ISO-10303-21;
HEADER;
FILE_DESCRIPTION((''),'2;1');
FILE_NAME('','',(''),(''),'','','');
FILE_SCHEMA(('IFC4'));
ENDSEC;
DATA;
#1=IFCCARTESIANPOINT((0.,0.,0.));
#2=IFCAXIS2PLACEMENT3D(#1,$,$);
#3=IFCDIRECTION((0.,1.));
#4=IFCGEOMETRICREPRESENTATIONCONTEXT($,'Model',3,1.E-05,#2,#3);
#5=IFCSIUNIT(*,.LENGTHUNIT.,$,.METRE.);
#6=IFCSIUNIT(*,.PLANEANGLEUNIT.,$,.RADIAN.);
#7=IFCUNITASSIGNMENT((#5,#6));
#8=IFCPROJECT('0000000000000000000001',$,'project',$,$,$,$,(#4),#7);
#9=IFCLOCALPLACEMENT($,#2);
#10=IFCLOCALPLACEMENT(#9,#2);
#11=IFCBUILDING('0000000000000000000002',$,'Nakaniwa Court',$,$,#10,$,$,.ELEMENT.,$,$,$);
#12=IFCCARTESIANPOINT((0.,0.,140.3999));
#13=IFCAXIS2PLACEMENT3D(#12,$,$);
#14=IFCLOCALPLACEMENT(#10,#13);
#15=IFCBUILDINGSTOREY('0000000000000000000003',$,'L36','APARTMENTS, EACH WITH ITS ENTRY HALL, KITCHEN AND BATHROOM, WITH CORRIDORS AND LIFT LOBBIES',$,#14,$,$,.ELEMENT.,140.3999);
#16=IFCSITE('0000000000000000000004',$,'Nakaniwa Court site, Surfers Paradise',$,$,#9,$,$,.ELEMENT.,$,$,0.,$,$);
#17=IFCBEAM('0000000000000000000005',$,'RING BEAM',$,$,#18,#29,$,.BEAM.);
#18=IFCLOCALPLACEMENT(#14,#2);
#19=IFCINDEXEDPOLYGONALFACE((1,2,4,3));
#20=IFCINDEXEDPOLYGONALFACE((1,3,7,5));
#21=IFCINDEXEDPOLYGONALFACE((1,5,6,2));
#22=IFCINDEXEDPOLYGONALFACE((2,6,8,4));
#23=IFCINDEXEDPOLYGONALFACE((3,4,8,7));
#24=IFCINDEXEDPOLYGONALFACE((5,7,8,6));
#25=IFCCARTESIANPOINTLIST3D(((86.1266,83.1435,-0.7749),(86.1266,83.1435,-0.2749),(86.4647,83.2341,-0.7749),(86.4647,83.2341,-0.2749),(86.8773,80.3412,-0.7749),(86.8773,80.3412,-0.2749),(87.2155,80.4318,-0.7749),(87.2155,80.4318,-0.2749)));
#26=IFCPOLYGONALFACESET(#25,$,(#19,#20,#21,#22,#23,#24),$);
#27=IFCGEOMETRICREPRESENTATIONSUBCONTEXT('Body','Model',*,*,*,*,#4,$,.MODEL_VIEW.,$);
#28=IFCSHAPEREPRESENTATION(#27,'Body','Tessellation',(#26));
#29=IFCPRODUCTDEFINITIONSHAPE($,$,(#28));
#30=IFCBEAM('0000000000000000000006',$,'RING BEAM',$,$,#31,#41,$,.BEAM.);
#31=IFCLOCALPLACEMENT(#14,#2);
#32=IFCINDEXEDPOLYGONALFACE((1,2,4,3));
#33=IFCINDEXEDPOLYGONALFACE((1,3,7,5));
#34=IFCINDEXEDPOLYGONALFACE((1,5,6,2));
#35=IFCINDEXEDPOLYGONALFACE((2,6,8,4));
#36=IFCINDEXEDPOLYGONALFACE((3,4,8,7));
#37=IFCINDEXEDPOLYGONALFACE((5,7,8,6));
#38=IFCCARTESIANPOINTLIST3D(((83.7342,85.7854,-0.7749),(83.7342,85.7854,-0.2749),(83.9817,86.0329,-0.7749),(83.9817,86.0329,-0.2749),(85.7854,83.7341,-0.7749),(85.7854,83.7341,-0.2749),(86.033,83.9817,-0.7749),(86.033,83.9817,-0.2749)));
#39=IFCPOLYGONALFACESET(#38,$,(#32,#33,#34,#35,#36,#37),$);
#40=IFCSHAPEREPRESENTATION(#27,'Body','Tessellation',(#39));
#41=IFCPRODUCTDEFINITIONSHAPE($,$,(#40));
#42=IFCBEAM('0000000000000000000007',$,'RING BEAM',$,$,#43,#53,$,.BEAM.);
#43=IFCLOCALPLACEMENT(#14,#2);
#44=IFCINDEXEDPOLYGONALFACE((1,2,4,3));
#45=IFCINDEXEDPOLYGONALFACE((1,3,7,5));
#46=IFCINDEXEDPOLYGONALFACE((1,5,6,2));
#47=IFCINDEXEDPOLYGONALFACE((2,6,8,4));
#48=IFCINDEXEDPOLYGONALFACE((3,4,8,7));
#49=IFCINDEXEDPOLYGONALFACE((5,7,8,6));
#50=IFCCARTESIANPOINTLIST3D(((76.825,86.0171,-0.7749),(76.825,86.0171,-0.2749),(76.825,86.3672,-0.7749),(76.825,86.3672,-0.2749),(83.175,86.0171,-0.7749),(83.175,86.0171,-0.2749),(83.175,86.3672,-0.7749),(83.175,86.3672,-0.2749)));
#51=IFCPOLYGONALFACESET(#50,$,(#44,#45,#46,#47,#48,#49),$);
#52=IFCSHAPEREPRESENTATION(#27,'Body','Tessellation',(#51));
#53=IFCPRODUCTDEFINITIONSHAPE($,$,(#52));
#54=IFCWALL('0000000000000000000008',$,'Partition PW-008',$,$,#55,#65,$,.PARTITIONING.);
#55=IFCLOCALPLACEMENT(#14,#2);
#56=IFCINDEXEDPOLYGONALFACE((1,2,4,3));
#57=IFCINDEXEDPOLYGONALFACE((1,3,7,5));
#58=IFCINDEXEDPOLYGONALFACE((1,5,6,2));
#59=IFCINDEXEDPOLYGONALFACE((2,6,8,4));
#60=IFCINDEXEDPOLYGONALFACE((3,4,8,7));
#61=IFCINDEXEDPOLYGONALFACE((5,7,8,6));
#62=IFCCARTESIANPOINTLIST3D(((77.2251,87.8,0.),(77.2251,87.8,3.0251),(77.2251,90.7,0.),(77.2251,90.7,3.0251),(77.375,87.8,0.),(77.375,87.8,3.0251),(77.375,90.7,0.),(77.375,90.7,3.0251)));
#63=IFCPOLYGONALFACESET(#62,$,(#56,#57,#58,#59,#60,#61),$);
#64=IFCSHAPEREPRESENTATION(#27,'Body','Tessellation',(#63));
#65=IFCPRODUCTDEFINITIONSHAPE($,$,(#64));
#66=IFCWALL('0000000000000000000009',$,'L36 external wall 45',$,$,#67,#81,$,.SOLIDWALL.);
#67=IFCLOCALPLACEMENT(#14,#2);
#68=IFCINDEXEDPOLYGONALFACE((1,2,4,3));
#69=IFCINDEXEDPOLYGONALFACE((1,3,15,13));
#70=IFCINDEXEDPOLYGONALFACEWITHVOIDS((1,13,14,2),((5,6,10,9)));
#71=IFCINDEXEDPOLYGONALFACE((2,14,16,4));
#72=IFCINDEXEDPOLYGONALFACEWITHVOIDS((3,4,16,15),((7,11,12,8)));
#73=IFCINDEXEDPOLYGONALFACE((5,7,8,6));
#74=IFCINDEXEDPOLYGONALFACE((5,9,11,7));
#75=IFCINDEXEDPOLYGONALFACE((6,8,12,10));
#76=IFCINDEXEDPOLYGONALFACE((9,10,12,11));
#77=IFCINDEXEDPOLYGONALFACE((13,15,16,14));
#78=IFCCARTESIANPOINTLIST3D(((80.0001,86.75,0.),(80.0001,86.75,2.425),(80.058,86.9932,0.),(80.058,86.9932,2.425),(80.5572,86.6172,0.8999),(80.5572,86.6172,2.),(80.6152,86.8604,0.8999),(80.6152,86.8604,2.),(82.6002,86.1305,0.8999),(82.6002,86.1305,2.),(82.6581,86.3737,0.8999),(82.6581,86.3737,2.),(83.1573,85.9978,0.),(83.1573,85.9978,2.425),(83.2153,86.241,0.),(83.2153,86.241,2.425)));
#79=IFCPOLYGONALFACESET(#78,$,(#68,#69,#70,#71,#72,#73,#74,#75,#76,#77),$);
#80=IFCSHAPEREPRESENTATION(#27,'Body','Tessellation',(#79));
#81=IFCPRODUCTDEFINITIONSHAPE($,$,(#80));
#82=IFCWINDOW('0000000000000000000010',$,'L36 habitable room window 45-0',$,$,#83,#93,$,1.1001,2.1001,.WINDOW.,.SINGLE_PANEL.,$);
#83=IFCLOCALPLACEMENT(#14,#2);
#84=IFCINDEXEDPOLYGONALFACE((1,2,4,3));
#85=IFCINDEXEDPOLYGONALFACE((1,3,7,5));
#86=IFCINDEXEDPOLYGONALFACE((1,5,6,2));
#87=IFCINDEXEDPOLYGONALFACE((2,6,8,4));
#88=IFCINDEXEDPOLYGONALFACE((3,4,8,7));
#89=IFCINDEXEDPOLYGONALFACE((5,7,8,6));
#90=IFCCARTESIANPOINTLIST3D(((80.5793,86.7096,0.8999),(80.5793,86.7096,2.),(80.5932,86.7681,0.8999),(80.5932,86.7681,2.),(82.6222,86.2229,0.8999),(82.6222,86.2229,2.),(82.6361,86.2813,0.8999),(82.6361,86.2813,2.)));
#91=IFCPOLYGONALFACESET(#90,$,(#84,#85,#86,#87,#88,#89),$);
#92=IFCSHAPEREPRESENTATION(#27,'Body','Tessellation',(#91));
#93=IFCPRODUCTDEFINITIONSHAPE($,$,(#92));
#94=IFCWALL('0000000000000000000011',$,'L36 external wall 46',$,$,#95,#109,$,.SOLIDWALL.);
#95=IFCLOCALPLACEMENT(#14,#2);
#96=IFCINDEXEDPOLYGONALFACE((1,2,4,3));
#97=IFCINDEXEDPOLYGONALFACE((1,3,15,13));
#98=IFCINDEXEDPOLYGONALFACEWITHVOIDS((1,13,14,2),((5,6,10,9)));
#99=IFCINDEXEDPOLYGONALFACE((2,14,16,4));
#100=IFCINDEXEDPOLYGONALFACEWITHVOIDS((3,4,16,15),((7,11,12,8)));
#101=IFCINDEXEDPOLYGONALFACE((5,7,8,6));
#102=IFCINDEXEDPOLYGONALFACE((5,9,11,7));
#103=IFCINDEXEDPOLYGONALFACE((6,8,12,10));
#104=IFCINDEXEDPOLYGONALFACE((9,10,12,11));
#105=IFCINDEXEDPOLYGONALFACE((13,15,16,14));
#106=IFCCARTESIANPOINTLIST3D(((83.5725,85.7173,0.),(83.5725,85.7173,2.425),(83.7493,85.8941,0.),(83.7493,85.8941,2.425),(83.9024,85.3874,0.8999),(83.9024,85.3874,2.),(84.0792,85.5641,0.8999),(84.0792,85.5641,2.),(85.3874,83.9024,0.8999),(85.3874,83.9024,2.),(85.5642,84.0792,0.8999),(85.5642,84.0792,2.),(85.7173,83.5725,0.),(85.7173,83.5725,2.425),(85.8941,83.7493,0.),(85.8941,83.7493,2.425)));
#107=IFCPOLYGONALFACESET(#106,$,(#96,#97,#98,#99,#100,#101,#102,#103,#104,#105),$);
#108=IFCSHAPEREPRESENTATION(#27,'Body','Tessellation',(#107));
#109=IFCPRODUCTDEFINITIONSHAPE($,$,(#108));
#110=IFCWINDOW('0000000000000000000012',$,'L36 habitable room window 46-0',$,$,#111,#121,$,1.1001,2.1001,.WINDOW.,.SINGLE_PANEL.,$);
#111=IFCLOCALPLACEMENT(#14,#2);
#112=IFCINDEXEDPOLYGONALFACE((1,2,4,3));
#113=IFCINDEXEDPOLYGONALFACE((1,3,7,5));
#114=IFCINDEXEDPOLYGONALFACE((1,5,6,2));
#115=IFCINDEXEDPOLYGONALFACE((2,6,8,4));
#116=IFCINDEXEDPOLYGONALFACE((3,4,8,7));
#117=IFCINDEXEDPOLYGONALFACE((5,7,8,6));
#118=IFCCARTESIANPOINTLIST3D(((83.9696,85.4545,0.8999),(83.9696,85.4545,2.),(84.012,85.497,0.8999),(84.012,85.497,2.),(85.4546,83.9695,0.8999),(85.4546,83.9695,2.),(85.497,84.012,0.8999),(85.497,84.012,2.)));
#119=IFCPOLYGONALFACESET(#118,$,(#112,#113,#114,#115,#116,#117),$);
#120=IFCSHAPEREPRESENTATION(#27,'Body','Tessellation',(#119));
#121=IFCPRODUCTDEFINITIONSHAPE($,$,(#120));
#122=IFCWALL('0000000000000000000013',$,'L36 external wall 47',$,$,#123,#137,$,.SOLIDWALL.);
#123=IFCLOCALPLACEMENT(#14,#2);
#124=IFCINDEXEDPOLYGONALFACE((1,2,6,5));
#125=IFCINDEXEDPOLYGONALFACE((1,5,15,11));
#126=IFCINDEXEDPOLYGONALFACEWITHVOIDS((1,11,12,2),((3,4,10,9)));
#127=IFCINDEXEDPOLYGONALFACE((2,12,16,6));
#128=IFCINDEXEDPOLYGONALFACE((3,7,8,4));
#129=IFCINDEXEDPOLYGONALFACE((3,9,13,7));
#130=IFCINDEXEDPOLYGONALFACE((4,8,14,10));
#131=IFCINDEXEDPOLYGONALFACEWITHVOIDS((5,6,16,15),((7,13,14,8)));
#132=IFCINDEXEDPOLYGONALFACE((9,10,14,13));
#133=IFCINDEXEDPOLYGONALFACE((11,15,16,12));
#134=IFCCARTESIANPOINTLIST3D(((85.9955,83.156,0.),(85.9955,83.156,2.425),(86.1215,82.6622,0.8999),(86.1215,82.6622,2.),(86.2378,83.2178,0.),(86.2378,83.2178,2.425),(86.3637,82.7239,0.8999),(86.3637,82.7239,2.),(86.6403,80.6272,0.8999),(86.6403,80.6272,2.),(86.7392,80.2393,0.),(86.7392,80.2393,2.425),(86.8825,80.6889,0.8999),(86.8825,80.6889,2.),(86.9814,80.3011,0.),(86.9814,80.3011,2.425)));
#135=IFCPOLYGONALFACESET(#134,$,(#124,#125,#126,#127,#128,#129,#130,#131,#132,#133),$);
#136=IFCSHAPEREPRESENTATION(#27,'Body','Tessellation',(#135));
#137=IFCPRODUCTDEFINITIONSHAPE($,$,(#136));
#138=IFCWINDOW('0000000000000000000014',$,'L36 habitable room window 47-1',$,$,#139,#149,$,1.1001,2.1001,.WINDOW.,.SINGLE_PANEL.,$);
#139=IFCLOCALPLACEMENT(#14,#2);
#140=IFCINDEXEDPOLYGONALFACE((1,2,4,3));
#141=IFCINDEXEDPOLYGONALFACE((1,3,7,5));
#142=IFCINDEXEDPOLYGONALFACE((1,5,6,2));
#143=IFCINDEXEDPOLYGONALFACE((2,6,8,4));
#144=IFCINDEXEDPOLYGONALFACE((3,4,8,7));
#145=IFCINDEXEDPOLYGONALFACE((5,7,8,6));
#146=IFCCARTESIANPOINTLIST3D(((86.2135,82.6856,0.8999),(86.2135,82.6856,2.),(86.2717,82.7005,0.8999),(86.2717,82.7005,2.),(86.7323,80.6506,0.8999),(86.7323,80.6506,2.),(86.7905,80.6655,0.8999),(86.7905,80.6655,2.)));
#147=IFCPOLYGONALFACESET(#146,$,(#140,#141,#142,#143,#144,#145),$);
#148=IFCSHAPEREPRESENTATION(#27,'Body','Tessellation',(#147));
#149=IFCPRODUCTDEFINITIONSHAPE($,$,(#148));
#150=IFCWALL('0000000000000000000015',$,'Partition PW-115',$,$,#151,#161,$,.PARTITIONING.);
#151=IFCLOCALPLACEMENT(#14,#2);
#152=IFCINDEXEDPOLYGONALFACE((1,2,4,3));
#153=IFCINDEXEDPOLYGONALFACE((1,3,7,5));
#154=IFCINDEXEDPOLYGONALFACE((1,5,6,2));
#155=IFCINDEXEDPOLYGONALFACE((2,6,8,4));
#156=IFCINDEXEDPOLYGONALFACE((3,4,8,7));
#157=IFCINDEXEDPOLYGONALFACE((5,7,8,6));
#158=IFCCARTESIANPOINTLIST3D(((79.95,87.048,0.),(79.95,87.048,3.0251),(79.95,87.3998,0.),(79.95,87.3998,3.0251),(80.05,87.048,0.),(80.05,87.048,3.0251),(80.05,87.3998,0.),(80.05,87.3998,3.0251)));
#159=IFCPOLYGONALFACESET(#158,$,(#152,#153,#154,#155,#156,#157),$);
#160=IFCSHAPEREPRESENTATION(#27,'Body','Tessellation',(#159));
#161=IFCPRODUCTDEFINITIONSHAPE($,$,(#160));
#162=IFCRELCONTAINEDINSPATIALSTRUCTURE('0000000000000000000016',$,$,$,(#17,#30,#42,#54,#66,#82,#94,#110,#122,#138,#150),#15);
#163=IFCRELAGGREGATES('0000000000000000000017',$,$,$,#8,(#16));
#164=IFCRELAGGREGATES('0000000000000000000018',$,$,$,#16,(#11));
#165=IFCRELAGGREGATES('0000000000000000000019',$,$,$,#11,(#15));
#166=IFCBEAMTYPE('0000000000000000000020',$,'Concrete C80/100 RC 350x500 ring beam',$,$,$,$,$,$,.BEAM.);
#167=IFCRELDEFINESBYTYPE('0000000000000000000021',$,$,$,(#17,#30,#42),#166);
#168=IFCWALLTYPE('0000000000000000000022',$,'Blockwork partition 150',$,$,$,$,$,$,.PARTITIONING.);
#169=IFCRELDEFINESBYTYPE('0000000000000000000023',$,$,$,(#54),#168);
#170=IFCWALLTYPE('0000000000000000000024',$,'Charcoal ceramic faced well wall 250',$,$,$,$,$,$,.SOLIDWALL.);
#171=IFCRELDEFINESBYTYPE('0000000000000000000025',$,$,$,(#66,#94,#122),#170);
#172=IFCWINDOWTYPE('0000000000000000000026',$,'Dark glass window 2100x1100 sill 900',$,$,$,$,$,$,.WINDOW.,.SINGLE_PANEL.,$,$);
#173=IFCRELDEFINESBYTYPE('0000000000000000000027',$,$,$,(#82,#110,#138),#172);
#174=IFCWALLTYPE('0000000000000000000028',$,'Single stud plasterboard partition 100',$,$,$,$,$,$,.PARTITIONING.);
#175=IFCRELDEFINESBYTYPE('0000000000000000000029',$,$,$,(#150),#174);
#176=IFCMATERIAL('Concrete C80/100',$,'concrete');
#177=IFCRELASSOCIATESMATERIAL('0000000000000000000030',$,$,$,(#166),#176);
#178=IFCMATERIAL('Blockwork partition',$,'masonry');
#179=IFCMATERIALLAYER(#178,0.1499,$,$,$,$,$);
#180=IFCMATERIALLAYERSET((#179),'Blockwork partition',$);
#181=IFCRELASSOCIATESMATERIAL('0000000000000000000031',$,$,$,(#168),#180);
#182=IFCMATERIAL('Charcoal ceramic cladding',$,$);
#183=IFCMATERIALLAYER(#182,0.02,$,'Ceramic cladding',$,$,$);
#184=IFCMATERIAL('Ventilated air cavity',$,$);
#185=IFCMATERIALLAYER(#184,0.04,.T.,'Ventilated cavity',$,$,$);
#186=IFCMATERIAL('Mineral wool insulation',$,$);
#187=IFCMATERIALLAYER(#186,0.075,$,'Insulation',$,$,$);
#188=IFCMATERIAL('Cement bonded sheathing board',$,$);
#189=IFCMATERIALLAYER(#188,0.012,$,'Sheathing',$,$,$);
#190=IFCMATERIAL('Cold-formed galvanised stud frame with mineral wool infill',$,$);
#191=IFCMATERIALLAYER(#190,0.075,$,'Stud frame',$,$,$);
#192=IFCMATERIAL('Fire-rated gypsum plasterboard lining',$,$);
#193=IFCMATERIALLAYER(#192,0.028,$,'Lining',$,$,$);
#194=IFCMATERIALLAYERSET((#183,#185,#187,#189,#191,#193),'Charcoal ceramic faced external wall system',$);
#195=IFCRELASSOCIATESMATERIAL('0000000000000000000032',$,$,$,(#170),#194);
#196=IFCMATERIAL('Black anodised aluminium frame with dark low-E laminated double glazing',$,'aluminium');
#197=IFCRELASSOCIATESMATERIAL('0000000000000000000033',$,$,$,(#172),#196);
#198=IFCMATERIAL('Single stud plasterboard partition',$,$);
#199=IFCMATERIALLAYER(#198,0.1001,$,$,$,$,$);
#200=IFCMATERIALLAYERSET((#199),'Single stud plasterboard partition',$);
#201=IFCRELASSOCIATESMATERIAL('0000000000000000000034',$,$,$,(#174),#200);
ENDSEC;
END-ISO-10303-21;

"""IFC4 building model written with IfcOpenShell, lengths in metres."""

from ifc_helpers import new_model, si_unit, direction, frame, frame_2d, origin, origin_2d, place, context, subcontext, project, spatial, rectangle, extrude, material, layer, layer_set, material_profile, profile_set, type_object, element, fill, save


model = new_model("IFC4")

# Units and contexts
model_context = context("Model", 3, precision=1e-05, world=origin(), true_north=direction((0.0, 1.0)))
body_context = subcontext(model_context, "Body", "Model", "MODEL_VIEW")
ifc_project = project(units=[si_unit("LENGTHUNIT", "METRE"), si_unit("PLANEANGLEUNIT", "RADIAN")], contexts=[model_context])

# Site, building, storey
site_placement = place(None, origin())
site = spatial("IfcSite", under=ifc_project, at=site_placement, Name="Nakaniwa Court site, Surfers Paradise", CompositionType="ELEMENT", RefElevation=0.0)
building_placement = place(site_placement, origin())
building = spatial("IfcBuilding", under=site, at=building_placement, Name="Nakaniwa Court", CompositionType="ELEMENT")
storey_placement = place(building_placement, frame((0.0, 0.0, 140.3999)))
storey = spatial("IfcBuildingStorey", under=building, at=storey_placement, Name="L36", Description="APARTMENTS, EACH WITH ITS ENTRY HALL, KITCHEN AND BATHROOM, WITH CORRIDORS AND LIFT LOBBIES", CompositionType="ELEMENT", Elevation=140.3999)

# Shared definitions
ifc_material_1 = material(Name="Concrete C80/100", Category="concrete")

# Beams
ifc_material_profile_1 = material_profile(ifc_material_1, rectangle(XDim=0.3501, YDim=0.5, at=origin_2d()), Name="Concrete C80/100 RC 350x500 ring beam")
ifc_profile_set_1 = profile_set([ifc_material_profile_1], Name="Concrete C80/100")
beam_type = type_object("IfcBeamType", Name="Concrete C80/100 RC 350x500 ring beam", PredefinedType="BEAM", material=ifc_profile_set_1)
beam_1_placement = place(storey_placement, frame((87.0464, 80.3865, -0.5249), z_axis=(-0.258778, 0.965937, 0.0), x_axis=(-0.965937, -0.258778, 0.0)))
element("IfcBeam", 1, at=beam_1_placement, inside=storey, type_object=beam_type, Name="RING BEAM", PredefinedType="BEAM", context=body_context, shape_type="SweptSolid", body=[
    extrude(rectangle(XDim=0.3501, YDim=0.5, at=origin_2d()), origin(), (0.0, 0.0, 1.0), 2.9011),
])
beam_2_placement = place(storey_placement, frame((85.9092, 83.8579, -0.5249), z_axis=(-0.707107, 0.707107, 0.0), x_axis=(-0.707107, -0.707107, 0.0)))
element("IfcBeam", 2, at=beam_2_placement, inside=storey, type_object=beam_type, Name="RING BEAM", PredefinedType="BEAM", context=body_context, shape_type="SweptSolid", body=[
    extrude(rectangle(XDim=0.3501, YDim=0.5, at=origin_2d()), origin(), (0.0, 0.0, 1.0), 2.9009),
])
beam_3_placement = place(storey_placement, frame((83.175, 86.1921, -0.5249), z_axis=(-1.0, 0.0, 0.0), x_axis=(0.0, -1.0, 0.0)))
element("IfcBeam", 3, at=beam_3_placement, inside=storey, type_object=beam_type, Name="RING BEAM", PredefinedType="BEAM", context=body_context, shape_type="SweptSolid", body=[
    extrude(rectangle(XDim=0.3501, YDim=0.5, at=origin_2d()), origin(), (0.0, 0.0, 1.0), 6.3501),
])

# Wall
ifc_material_2 = material(Name="Blockwork partition", Category="masonry")
ifc_layer_1 = layer(ifc_material_2, 0.1499)
ifc_layer_set_1 = layer_set([ifc_layer_1], Name="Blockwork partition")
wall_type_1 = type_object("IfcWallType", Name="Blockwork partition 150", PredefinedType="PARTITIONING", material=ifc_layer_set_1)
wall_1_placement = place(storey_placement, frame((77.3, 87.8, 0.0), z_axis=(0.0, 0.0, 1.0), x_axis=(0.0, 1.0, 0.0)))
element("IfcWall", 4, at=wall_1_placement, inside=storey, type_object=wall_type_1, Name="Partition PW-008", PredefinedType="PARTITIONING", context=body_context, shape_type="SweptSolid", body=[
    extrude(rectangle(XDim=2.8999, YDim=0.1499, at=frame_2d((1.45, 0.0))), origin(), (0.0, 0.0, 1.0), 3.0251),
])

# Walls, openings, windows
ifc_material_3 = material(Name="Charcoal ceramic cladding")
ifc_layer_2 = layer(ifc_material_3, 0.02, Name="Ceramic cladding")
ifc_material_4 = material(Name="Ventilated air cavity")
ifc_layer_3 = layer(ifc_material_4, 0.04, ventilated=True, Name="Ventilated cavity")
ifc_material_5 = material(Name="Mineral wool insulation")
ifc_layer_4 = layer(ifc_material_5, 0.075, Name="Insulation")
ifc_material_6 = material(Name="Cement bonded sheathing board")
ifc_layer_5 = layer(ifc_material_6, 0.012, Name="Sheathing")
ifc_material_7 = material(Name="Cold-formed galvanised stud frame with mineral wool infill")
ifc_layer_6 = layer(ifc_material_7, 0.075, Name="Stud frame")
ifc_material_8 = material(Name="Fire-rated gypsum plasterboard lining")
ifc_layer_7 = layer(ifc_material_8, 0.028, Name="Lining")
ifc_layer_set_2 = layer_set([ifc_layer_2, ifc_layer_3, ifc_layer_4, ifc_layer_5, ifc_layer_6, ifc_layer_7], Name="Charcoal ceramic faced external wall system")
wall_type_2 = type_object("IfcWallType", Name="Charcoal ceramic faced well wall 250", PredefinedType="SOLIDWALL", material=ifc_layer_set_2)
wall_2_placement = place(storey_placement, frame((80.0291, 86.8716, 0.0), z_axis=(0.0, 0.0, 1.0), x_axis=(0.972773, -0.23176, 0.0)))
wall_2 = element("IfcWall", 5, at=wall_2_placement, inside=storey, type_object=wall_type_2, Name="L36 external wall 45", PredefinedType="SOLIDWALL", context=body_context, shape_type="SweptSolid", body=[
    extrude(rectangle(XDim=3.2456, YDim=0.25, at=frame_2d((1.6228, 0.0))), origin(), (0.0, 0.0, 1.0), 2.425),
])
opening_1_placement = place(wall_2_placement, frame((0.5728, 0.0, 0.8999)))
opening_1 = element("IfcOpeningElement", 6, at=opening_1_placement, cuts=wall_2, PredefinedType="OPENING", context=body_context, shape_type="SweptSolid", body=[
    extrude(rectangle(XDim=2.1001, YDim=1.1001, at=frame_2d((1.05, 0.55))), frame((0.0, 0.135, 0.0), z_axis=(0.0, -1.0, 0.0), x_axis=(1.0, 0.0, 0.0)), (0.0, 0.0, 1.0), 0.27),
])
ifc_material_9 = material(Name="Black anodised aluminium frame with dark low-E laminated double glazing", Category="aluminium")
window_type = type_object("IfcWindowType", Name="Dark glass window 2100x1100 sill 900", PartitioningType="SINGLE_PANEL", PredefinedType="WINDOW", material=ifc_material_9)
window_1_placement = place(opening_1_placement, origin())
window_1 = element("IfcWindow", 7, at=window_1_placement, inside=storey, type_object=window_type, Name="L36 habitable room window 45-0", OverallHeight=1.1001, OverallWidth=2.1001, PartitioningType="SINGLE_PANEL", PredefinedType="WINDOW", context=body_context, shape_type="SweptSolid", body=[
    extrude(rectangle(XDim=2.1001, YDim=1.1001, at=frame_2d((1.05, 0.55))), frame((0.0, 0.03, 0.0), z_axis=(0.0, -1.0, 0.0), x_axis=(1.0, 0.0, 0.0)), (0.0, 0.0, 1.0), 0.0601),
])
fill(opening_1, window_1)
wall_3_placement = place(storey_placement, frame((83.6609, 85.8057, 0.0), z_axis=(0.0, 0.0, 1.0), x_axis=(0.707107, -0.707107, 0.0)))
wall_3 = element("IfcWall", 8, at=wall_3_placement, inside=storey, type_object=wall_type_2, Name="L36 external wall 46", PredefinedType="SOLIDWALL", context=body_context, shape_type="SweptSolid", body=[
    extrude(rectangle(XDim=3.0332, YDim=0.25, at=frame_2d((1.5166, 0.0))), origin(), (0.0, 0.0, 1.0), 2.425),
])
opening_2_placement = place(wall_3_placement, frame((0.4666, 0.0, 0.8999)))
opening_2 = element("IfcOpeningElement", 9, at=opening_2_placement, cuts=wall_3, PredefinedType="OPENING", context=body_context, shape_type="SweptSolid", body=[
    extrude(rectangle(XDim=2.1001, YDim=1.1001, at=frame_2d((1.05, 0.55))), frame((0.0, 0.135, 0.0), z_axis=(0.0, -1.0, 0.0), x_axis=(1.0, 0.0, 0.0)), (0.0, 0.0, 1.0), 0.27),
])
window_2_placement = place(opening_2_placement, origin())
window_2 = element("IfcWindow", 10, at=window_2_placement, inside=storey, type_object=window_type, Name="L36 habitable room window 46-0", OverallHeight=1.1001, OverallWidth=2.1001, PartitioningType="SINGLE_PANEL", PredefinedType="WINDOW", context=body_context, shape_type="SweptSolid", body=[
    extrude(rectangle(XDim=2.1001, YDim=1.1001, at=frame_2d((1.05, 0.55))), frame((0.0, 0.03, 0.0), z_axis=(0.0, -1.0, 0.0), x_axis=(1.0, 0.0, 0.0)), (0.0, 0.0, 1.0), 0.0601),
])
fill(opening_2, window_2)
wall_4_placement = place(storey_placement, frame((86.1167, 83.1868, 0.0), z_axis=(0.0, 0.0, 1.0), x_axis=(0.247056, -0.969001, 0.0)))
wall_4 = element("IfcWall", 11, at=wall_4_placement, inside=storey, type_object=wall_type_2, Name="L36 external wall 47", PredefinedType="SOLIDWALL", context=body_context, shape_type="SweptSolid", body=[
    extrude(rectangle(XDim=3.01, YDim=0.25, at=frame_2d((1.5049, 0.0))), origin(), (0.0, 0.0, 1.0), 2.425),
])
opening_3_placement = place(wall_4_placement, frame((0.5095, 0.0, 0.8999)))
opening_3 = element("IfcOpeningElement", 12, at=opening_3_placement, cuts=wall_4, PredefinedType="OPENING", context=body_context, shape_type="SweptSolid", body=[
    extrude(rectangle(XDim=2.1001, YDim=1.1001, at=frame_2d((1.05, 0.55))), frame((0.0, 0.135, 0.0), z_axis=(0.0, -1.0, 0.0), x_axis=(1.0, 0.0, 0.0)), (0.0, 0.0, 1.0), 0.27),
])
window_3_placement = place(opening_3_placement, origin())
window_3 = element("IfcWindow", 13, at=window_3_placement, inside=storey, type_object=window_type, Name="L36 habitable room window 47-1", OverallHeight=1.1001, OverallWidth=2.1001, PartitioningType="SINGLE_PANEL", PredefinedType="WINDOW", context=body_context, shape_type="SweptSolid", body=[
    extrude(rectangle(XDim=2.1001, YDim=1.1001, at=frame_2d((1.05, 0.55))), frame((0.0, 0.03, 0.0), z_axis=(0.0, -1.0, 0.0), x_axis=(1.0, 0.0, 0.0)), (0.0, 0.0, 1.0), 0.0601),
])
fill(opening_3, window_3)

# Wall
ifc_material_10 = material(Name="Single stud plasterboard partition")
ifc_layer_8 = layer(ifc_material_10, 0.1001)
ifc_layer_set_3 = layer_set([ifc_layer_8], Name="Single stud plasterboard partition")
wall_type_3 = type_object("IfcWallType", Name="Single stud plasterboard partition 100", PredefinedType="PARTITIONING", material=ifc_layer_set_3)
wall_5_placement = place(storey_placement, frame((80.0, 87.0481, 0.0), z_axis=(0.0, 0.0, 1.0), x_axis=(0.0, 1.0, 0.0)))
element("IfcWall", 14, at=wall_5_placement, inside=storey, type_object=wall_type_3, Name="Partition PW-115", PredefinedType="PARTITIONING", context=body_context, shape_type="SweptSolid", body=[
    extrude(rectangle(XDim=0.3518, YDim=0.1001, at=frame_2d((0.1758, 0.0))), origin(), (0.0, 0.0, 1.0), 3.0251),
])

save(model, "model.ifc")
